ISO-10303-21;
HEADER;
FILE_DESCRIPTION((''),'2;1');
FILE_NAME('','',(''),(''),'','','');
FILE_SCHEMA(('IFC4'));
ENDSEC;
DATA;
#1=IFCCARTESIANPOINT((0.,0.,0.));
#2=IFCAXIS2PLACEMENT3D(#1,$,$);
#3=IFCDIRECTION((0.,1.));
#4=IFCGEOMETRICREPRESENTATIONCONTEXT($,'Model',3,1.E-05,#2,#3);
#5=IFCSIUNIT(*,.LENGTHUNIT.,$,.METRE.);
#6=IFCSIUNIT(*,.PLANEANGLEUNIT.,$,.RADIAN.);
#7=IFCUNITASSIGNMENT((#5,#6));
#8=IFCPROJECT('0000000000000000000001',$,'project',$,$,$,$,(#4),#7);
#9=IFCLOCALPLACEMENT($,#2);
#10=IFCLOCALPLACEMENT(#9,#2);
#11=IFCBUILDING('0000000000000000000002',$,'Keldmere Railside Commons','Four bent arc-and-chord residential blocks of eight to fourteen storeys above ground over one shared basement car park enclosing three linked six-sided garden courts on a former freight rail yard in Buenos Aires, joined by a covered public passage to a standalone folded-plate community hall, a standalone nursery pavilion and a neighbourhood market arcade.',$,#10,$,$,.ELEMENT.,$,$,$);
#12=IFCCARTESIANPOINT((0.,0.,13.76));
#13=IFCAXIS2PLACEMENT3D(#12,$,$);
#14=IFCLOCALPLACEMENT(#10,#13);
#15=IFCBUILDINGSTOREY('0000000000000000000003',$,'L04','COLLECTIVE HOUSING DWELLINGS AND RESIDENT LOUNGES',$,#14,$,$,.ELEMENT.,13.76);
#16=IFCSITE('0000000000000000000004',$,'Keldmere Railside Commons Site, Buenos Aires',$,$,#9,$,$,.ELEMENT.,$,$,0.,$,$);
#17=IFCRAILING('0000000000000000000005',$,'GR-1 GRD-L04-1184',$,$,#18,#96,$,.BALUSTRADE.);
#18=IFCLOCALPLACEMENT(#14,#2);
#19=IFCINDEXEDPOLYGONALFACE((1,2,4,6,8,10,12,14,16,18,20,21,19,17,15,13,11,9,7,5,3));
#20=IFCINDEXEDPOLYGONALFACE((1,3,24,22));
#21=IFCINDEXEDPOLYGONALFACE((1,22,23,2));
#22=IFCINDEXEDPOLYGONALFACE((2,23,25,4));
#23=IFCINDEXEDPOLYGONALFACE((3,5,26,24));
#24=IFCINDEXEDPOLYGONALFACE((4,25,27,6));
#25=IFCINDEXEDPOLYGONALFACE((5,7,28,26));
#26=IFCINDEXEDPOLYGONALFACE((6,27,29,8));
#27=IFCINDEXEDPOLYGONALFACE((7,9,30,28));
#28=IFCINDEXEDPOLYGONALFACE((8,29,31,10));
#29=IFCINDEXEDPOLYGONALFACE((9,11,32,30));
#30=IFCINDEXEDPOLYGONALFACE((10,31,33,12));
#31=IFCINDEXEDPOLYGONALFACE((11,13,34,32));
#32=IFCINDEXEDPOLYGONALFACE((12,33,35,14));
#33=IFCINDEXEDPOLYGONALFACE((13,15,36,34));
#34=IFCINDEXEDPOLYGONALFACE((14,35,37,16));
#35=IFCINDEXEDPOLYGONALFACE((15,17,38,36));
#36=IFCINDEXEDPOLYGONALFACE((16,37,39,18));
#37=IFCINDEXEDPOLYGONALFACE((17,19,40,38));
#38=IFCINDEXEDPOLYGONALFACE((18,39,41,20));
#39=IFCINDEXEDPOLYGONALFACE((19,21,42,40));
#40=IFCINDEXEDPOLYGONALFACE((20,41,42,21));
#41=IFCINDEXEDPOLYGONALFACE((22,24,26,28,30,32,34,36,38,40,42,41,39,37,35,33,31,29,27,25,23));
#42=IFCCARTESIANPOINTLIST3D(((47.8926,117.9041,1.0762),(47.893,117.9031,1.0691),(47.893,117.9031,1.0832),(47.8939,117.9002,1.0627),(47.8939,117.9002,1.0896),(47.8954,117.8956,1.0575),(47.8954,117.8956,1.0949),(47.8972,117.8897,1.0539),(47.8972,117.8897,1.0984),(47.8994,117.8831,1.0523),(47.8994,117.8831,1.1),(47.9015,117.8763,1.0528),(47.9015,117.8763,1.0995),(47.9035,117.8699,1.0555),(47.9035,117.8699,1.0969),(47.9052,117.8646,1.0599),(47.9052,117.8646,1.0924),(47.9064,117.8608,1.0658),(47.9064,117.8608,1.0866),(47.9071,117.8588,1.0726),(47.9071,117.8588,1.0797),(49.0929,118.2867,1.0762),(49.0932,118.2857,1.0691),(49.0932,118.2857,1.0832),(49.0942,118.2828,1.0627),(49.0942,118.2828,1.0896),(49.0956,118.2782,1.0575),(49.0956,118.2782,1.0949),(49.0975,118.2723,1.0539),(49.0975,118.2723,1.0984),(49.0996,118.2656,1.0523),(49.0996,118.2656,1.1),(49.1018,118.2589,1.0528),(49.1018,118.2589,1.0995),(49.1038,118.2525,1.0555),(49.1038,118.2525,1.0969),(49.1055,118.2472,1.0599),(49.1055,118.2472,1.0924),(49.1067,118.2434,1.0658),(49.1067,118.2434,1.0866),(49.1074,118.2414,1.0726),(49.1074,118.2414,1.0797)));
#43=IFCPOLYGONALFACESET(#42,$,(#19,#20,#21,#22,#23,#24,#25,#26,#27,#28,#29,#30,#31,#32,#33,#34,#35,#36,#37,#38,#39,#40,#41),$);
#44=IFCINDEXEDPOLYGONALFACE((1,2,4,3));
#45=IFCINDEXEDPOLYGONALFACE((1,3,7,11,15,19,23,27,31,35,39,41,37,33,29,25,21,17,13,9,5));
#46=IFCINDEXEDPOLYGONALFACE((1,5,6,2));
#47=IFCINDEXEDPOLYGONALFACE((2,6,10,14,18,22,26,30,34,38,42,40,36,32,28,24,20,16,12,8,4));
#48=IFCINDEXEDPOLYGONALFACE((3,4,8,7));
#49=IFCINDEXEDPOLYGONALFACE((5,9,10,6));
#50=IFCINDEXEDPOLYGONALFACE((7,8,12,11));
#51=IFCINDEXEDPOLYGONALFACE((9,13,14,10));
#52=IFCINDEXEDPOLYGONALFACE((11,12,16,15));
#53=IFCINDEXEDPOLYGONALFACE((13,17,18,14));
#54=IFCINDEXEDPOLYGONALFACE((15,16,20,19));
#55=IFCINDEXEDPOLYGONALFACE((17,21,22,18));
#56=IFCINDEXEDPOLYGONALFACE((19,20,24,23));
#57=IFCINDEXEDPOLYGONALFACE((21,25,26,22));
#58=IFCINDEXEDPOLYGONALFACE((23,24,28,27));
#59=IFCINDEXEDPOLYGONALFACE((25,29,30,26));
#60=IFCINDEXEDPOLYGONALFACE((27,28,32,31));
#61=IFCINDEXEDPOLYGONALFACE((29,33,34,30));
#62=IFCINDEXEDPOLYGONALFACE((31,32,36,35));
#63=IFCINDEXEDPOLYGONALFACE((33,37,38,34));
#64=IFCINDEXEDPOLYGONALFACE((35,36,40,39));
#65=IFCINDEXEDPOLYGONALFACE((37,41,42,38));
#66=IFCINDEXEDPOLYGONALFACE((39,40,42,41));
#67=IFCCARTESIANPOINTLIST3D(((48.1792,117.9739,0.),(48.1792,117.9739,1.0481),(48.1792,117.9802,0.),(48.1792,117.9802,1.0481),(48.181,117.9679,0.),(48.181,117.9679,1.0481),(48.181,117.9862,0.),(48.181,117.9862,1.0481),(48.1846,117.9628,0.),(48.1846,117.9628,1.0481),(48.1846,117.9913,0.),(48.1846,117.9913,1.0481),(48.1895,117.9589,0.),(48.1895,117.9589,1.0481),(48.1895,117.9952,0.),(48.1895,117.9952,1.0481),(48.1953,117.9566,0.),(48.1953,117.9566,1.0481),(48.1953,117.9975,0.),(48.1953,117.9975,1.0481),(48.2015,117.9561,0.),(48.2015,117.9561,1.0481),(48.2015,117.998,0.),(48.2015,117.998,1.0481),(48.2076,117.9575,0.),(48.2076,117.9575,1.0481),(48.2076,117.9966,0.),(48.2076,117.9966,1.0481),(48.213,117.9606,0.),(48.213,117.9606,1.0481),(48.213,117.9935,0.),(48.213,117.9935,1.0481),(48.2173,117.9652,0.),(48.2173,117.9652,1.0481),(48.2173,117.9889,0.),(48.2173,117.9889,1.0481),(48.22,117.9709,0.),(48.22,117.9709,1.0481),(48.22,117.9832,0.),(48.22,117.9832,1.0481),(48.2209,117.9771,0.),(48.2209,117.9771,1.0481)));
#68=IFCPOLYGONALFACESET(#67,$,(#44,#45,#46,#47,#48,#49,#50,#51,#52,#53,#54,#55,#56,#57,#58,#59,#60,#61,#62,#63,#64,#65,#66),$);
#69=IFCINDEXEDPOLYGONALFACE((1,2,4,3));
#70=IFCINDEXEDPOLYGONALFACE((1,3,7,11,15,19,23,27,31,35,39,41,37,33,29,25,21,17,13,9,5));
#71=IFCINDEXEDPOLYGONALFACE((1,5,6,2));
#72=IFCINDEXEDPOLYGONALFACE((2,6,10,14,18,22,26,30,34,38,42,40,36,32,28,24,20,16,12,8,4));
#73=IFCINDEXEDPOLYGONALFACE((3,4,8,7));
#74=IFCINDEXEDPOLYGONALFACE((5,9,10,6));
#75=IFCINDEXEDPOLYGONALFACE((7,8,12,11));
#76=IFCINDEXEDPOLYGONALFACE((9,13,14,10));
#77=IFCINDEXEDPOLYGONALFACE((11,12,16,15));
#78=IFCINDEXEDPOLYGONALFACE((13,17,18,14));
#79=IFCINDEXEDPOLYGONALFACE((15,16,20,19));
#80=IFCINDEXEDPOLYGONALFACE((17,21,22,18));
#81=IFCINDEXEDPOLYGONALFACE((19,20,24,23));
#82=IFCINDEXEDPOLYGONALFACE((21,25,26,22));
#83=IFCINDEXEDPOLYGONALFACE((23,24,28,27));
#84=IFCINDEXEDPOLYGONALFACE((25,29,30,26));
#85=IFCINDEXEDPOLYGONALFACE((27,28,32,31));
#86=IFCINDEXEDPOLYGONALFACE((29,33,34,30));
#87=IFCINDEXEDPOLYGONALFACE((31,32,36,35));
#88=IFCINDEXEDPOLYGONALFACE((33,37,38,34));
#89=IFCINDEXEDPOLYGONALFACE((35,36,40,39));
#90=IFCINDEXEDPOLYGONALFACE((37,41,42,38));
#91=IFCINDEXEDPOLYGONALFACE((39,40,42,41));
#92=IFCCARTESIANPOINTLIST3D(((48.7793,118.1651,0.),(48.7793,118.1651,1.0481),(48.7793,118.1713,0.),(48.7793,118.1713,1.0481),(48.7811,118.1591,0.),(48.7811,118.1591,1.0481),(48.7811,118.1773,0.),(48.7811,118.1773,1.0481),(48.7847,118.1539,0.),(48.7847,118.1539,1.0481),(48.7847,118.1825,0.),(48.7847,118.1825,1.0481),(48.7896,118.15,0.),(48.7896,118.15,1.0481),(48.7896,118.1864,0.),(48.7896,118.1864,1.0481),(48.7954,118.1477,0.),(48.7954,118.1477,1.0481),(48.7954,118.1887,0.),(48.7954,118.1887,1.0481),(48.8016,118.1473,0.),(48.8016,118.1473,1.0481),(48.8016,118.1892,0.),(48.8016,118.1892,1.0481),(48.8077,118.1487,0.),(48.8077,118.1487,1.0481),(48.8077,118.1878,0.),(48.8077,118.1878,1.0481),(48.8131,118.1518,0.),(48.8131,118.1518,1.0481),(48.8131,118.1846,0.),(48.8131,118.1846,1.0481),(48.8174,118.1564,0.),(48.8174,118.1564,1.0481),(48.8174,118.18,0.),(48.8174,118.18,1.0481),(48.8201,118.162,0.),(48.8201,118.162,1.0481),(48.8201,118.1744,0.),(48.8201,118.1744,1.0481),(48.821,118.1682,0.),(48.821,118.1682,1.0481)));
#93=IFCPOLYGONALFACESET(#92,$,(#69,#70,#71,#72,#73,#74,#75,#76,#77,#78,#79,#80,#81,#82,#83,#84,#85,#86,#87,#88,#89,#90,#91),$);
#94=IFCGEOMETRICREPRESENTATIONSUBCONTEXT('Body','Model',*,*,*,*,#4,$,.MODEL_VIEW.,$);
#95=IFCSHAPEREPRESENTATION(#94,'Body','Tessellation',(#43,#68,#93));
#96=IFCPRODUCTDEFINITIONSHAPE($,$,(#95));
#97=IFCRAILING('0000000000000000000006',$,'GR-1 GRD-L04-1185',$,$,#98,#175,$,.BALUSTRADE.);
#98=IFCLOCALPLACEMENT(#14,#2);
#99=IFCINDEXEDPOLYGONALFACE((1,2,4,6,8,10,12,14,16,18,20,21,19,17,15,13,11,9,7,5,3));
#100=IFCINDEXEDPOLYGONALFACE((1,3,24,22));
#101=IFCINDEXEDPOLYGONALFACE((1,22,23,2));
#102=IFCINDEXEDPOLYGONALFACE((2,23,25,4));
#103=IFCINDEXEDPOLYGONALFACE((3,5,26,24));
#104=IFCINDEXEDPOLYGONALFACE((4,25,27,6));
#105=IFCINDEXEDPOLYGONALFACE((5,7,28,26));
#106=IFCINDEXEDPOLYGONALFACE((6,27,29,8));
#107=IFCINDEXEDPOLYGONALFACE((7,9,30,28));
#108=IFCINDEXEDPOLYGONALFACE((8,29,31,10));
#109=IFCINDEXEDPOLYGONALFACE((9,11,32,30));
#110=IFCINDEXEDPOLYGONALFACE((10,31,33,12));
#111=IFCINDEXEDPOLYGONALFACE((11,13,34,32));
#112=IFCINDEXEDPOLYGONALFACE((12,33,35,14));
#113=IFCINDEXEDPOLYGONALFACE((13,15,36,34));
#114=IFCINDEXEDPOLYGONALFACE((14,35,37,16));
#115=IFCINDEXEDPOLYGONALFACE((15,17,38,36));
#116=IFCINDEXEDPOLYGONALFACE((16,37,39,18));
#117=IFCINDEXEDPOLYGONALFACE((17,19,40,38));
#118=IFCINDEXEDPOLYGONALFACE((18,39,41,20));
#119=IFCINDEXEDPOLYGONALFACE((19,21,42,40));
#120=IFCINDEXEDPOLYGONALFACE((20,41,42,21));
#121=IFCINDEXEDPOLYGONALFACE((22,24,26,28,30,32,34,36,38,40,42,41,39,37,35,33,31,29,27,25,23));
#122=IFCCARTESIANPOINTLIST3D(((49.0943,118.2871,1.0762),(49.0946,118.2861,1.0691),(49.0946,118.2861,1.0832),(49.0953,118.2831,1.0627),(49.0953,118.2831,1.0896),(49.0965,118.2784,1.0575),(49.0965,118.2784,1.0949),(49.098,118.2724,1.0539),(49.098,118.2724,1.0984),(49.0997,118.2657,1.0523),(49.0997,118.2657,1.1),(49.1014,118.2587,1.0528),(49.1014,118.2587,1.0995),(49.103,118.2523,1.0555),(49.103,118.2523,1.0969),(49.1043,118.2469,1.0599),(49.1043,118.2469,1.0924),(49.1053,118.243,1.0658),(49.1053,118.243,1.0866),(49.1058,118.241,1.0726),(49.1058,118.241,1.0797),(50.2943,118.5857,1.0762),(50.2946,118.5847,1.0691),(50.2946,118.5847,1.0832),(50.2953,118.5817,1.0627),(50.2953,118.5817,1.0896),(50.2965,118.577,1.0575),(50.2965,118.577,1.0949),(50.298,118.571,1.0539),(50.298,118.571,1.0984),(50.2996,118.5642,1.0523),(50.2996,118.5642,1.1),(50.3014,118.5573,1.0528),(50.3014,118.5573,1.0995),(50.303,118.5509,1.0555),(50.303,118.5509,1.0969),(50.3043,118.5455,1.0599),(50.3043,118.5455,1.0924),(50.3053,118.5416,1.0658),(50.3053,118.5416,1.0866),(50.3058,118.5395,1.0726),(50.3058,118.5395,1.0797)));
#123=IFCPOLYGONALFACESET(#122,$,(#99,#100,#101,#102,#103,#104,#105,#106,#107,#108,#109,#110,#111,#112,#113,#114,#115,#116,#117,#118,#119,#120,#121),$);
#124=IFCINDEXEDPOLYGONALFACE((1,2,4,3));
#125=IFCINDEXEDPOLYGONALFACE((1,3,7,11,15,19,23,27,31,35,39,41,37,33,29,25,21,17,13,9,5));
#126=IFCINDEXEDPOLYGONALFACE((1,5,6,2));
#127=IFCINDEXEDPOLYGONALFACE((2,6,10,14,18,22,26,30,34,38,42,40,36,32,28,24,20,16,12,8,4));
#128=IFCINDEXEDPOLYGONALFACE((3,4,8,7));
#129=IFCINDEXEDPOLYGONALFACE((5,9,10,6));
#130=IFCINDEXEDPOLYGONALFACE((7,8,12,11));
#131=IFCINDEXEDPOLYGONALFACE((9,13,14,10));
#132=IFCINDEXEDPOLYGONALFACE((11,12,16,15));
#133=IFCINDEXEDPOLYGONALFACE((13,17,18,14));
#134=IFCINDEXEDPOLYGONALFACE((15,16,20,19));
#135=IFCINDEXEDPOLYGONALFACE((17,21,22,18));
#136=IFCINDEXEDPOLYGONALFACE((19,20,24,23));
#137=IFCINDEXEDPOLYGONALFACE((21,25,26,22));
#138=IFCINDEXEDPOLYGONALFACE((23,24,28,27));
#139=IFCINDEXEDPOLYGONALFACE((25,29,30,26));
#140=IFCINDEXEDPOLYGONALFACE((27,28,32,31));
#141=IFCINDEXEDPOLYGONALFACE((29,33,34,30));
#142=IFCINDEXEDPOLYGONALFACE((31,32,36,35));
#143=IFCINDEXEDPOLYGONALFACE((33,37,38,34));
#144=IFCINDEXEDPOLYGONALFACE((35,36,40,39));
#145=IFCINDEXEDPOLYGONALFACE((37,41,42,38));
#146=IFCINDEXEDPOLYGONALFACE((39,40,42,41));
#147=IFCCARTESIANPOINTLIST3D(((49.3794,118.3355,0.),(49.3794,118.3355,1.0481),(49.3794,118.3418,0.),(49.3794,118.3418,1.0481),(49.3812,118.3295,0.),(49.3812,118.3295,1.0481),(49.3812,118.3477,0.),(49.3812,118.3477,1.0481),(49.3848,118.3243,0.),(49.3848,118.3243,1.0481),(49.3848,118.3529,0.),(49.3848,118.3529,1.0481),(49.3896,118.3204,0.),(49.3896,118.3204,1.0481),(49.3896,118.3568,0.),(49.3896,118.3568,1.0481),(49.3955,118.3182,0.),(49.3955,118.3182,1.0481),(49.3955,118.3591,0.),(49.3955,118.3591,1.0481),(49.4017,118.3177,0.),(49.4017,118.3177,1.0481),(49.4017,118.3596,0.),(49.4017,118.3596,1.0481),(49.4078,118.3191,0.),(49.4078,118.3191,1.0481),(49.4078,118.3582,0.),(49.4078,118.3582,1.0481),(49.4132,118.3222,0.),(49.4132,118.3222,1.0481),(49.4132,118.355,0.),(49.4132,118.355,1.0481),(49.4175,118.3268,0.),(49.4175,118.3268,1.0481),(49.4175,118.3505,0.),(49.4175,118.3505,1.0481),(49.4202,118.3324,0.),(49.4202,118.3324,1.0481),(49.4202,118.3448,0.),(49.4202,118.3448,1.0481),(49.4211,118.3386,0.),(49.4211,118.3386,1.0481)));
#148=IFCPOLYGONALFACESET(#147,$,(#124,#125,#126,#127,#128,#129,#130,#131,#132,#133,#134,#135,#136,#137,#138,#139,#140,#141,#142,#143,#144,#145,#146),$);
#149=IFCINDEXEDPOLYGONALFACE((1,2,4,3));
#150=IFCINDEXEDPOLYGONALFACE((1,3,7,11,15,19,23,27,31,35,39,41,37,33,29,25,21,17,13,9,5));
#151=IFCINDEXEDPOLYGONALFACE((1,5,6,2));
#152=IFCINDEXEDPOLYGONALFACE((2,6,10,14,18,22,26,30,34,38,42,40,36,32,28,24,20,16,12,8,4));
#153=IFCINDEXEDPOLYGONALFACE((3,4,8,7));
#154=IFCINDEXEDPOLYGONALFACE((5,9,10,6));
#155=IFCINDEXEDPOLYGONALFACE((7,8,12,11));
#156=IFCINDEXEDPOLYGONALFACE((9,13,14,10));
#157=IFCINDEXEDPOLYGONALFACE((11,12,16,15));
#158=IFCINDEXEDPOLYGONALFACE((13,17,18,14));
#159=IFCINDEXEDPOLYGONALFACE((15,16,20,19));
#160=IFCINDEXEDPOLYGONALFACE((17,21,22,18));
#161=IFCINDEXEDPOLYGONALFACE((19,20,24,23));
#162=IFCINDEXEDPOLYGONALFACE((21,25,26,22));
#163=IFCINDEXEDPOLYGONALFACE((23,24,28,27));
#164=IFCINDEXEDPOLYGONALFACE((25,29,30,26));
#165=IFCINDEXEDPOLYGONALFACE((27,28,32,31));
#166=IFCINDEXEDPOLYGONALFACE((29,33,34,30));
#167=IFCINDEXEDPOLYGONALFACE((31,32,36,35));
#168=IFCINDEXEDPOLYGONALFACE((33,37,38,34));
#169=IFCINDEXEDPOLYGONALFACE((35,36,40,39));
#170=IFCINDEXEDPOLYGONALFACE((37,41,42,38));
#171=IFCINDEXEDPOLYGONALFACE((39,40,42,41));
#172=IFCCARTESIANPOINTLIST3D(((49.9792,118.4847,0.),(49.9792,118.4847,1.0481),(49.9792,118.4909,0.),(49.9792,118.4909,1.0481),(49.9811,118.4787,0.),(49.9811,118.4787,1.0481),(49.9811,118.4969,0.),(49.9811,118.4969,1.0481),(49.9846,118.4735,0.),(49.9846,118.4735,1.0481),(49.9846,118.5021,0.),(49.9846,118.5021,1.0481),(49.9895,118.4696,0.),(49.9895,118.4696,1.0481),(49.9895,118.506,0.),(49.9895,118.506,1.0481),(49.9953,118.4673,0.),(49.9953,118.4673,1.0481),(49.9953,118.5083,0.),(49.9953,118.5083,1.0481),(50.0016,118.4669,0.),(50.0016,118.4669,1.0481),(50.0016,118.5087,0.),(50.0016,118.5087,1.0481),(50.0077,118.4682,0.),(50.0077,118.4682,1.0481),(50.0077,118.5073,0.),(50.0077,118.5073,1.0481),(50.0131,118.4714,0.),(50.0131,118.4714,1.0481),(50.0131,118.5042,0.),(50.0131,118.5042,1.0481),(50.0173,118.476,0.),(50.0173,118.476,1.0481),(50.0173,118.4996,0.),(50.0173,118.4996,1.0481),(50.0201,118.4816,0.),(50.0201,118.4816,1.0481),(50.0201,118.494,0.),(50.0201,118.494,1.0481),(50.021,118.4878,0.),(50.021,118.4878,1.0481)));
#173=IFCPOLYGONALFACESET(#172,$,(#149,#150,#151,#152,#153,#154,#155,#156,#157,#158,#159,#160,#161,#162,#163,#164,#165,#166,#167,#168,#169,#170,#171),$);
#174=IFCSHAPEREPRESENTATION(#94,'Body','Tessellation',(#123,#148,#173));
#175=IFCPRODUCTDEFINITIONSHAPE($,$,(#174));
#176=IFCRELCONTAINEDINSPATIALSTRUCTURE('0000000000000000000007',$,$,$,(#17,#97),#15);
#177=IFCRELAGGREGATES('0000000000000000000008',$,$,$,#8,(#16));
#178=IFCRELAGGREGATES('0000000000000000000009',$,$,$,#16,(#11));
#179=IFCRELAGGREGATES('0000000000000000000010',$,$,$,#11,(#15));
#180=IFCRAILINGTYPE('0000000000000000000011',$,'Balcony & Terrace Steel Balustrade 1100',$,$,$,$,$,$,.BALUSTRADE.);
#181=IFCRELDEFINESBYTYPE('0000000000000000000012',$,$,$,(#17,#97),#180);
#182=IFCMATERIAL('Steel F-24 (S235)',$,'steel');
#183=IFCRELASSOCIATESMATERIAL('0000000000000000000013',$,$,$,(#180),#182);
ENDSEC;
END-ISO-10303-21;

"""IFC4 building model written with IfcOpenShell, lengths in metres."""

from ifc_helpers import new_model, si_unit, direction, frame, origin, origin_2d, place, context, subcontext, project, spatial, circle, extrude, material, type_object, element, save


model = new_model("IFC4")

# Units and contexts
model_context = context("Model", 3, precision=1e-05, world=origin(), true_north=direction((0.0, 1.0)))
body_context = subcontext(model_context, "Body", "Model", "MODEL_VIEW")
ifc_project = project(units=[si_unit("LENGTHUNIT", "METRE"), si_unit("PLANEANGLEUNIT", "RADIAN")], contexts=[model_context])

# Site, building, storey
site_placement = place(None, origin())
site = spatial("IfcSite", under=ifc_project, at=site_placement, Name="Keldmere Railside Commons Site, Buenos Aires", CompositionType="ELEMENT", RefElevation=0.0)
building_placement = place(site_placement, origin())
building = spatial("IfcBuilding", under=site, at=building_placement, Name="Keldmere Railside Commons", Description="Four bent arc-and-chord residential blocks of eight to fourteen storeys above ground over one shared basement car park enclosing three linked six-sided garden courts on a former freight rail yard in Buenos Aires, joined by a covered public passage to a standalone folded-plate community hall, a standalone nursery pavilion and a neighbourhood market arcade.", CompositionType="ELEMENT")
storey_placement = place(building_placement, frame((0.0, 0.0, 13.76)))
storey = spatial("IfcBuildingStorey", under=building, at=storey_placement, Name="L04", Description="COLLECTIVE HOUSING DWELLINGS AND RESIDENT LOUNGES", CompositionType="ELEMENT", Elevation=13.76)

# Railings
ifc_material_1 = material(Name="Steel F-24 (S235)", Category="steel")
railing_type = type_object("IfcRailingType", Name="Balcony & Terrace Steel Balustrade 1100", PredefinedType="BALUSTRADE", material=ifc_material_1)
railing_1_placement = place(storey_placement, frame((47.8999, 117.8813, 0.0)))
element("IfcRailing", 1, at=railing_1_placement, inside=storey, type_object=railing_type, Name="GR-1 GRD-L04-1184", PredefinedType="BALUSTRADE", context=body_context, shape_type="SweptSolid", body=[
    extrude(circle(Radius=0.0239, at=origin_2d()), frame((0.0, 0.0, 1.0762), z_axis=(0.952768, 0.3037, 0.0), x_axis=(-0.3037, 0.952768, 0.0)), (0.0, 0.0, 1.0), 1.2598),
    extrude(circle(Radius=0.021, at=origin_2d()), frame((0.3, 0.0957, 0.0)), (0.0, 0.0, 1.0), 1.0481),
    extrude(circle(Radius=0.021, at=origin_2d()), frame((0.9001, 0.2869, 0.0)), (0.0, 0.0, 1.0), 1.0481),
])
railing_2_placement = place(storey_placement, frame((49.1001, 118.2639, 0.0)))
element("IfcRailing", 2, at=railing_2_placement, inside=storey, type_object=railing_type, Name="GR-1 GRD-L04-1185", PredefinedType="BALUSTRADE", context=body_context, shape_type="SweptSolid", body=[
    extrude(circle(Radius=0.0239, at=origin_2d()), frame((0.0, 0.0, 1.0762), z_axis=(0.970409, 0.241467, 0.0), x_axis=(-0.241467, 0.970409, 0.0)), (0.0, 0.0, 1.0), 1.2366),
    extrude(circle(Radius=0.021, at=origin_2d()), frame((0.3, 0.0747, 0.0)), (0.0, 0.0, 1.0), 1.0481),
    extrude(circle(Radius=0.021, at=origin_2d()), frame((0.8999, 0.2239, 0.0)), (0.0, 0.0, 1.0), 1.0481),
])

save(model, "model.ifc")
